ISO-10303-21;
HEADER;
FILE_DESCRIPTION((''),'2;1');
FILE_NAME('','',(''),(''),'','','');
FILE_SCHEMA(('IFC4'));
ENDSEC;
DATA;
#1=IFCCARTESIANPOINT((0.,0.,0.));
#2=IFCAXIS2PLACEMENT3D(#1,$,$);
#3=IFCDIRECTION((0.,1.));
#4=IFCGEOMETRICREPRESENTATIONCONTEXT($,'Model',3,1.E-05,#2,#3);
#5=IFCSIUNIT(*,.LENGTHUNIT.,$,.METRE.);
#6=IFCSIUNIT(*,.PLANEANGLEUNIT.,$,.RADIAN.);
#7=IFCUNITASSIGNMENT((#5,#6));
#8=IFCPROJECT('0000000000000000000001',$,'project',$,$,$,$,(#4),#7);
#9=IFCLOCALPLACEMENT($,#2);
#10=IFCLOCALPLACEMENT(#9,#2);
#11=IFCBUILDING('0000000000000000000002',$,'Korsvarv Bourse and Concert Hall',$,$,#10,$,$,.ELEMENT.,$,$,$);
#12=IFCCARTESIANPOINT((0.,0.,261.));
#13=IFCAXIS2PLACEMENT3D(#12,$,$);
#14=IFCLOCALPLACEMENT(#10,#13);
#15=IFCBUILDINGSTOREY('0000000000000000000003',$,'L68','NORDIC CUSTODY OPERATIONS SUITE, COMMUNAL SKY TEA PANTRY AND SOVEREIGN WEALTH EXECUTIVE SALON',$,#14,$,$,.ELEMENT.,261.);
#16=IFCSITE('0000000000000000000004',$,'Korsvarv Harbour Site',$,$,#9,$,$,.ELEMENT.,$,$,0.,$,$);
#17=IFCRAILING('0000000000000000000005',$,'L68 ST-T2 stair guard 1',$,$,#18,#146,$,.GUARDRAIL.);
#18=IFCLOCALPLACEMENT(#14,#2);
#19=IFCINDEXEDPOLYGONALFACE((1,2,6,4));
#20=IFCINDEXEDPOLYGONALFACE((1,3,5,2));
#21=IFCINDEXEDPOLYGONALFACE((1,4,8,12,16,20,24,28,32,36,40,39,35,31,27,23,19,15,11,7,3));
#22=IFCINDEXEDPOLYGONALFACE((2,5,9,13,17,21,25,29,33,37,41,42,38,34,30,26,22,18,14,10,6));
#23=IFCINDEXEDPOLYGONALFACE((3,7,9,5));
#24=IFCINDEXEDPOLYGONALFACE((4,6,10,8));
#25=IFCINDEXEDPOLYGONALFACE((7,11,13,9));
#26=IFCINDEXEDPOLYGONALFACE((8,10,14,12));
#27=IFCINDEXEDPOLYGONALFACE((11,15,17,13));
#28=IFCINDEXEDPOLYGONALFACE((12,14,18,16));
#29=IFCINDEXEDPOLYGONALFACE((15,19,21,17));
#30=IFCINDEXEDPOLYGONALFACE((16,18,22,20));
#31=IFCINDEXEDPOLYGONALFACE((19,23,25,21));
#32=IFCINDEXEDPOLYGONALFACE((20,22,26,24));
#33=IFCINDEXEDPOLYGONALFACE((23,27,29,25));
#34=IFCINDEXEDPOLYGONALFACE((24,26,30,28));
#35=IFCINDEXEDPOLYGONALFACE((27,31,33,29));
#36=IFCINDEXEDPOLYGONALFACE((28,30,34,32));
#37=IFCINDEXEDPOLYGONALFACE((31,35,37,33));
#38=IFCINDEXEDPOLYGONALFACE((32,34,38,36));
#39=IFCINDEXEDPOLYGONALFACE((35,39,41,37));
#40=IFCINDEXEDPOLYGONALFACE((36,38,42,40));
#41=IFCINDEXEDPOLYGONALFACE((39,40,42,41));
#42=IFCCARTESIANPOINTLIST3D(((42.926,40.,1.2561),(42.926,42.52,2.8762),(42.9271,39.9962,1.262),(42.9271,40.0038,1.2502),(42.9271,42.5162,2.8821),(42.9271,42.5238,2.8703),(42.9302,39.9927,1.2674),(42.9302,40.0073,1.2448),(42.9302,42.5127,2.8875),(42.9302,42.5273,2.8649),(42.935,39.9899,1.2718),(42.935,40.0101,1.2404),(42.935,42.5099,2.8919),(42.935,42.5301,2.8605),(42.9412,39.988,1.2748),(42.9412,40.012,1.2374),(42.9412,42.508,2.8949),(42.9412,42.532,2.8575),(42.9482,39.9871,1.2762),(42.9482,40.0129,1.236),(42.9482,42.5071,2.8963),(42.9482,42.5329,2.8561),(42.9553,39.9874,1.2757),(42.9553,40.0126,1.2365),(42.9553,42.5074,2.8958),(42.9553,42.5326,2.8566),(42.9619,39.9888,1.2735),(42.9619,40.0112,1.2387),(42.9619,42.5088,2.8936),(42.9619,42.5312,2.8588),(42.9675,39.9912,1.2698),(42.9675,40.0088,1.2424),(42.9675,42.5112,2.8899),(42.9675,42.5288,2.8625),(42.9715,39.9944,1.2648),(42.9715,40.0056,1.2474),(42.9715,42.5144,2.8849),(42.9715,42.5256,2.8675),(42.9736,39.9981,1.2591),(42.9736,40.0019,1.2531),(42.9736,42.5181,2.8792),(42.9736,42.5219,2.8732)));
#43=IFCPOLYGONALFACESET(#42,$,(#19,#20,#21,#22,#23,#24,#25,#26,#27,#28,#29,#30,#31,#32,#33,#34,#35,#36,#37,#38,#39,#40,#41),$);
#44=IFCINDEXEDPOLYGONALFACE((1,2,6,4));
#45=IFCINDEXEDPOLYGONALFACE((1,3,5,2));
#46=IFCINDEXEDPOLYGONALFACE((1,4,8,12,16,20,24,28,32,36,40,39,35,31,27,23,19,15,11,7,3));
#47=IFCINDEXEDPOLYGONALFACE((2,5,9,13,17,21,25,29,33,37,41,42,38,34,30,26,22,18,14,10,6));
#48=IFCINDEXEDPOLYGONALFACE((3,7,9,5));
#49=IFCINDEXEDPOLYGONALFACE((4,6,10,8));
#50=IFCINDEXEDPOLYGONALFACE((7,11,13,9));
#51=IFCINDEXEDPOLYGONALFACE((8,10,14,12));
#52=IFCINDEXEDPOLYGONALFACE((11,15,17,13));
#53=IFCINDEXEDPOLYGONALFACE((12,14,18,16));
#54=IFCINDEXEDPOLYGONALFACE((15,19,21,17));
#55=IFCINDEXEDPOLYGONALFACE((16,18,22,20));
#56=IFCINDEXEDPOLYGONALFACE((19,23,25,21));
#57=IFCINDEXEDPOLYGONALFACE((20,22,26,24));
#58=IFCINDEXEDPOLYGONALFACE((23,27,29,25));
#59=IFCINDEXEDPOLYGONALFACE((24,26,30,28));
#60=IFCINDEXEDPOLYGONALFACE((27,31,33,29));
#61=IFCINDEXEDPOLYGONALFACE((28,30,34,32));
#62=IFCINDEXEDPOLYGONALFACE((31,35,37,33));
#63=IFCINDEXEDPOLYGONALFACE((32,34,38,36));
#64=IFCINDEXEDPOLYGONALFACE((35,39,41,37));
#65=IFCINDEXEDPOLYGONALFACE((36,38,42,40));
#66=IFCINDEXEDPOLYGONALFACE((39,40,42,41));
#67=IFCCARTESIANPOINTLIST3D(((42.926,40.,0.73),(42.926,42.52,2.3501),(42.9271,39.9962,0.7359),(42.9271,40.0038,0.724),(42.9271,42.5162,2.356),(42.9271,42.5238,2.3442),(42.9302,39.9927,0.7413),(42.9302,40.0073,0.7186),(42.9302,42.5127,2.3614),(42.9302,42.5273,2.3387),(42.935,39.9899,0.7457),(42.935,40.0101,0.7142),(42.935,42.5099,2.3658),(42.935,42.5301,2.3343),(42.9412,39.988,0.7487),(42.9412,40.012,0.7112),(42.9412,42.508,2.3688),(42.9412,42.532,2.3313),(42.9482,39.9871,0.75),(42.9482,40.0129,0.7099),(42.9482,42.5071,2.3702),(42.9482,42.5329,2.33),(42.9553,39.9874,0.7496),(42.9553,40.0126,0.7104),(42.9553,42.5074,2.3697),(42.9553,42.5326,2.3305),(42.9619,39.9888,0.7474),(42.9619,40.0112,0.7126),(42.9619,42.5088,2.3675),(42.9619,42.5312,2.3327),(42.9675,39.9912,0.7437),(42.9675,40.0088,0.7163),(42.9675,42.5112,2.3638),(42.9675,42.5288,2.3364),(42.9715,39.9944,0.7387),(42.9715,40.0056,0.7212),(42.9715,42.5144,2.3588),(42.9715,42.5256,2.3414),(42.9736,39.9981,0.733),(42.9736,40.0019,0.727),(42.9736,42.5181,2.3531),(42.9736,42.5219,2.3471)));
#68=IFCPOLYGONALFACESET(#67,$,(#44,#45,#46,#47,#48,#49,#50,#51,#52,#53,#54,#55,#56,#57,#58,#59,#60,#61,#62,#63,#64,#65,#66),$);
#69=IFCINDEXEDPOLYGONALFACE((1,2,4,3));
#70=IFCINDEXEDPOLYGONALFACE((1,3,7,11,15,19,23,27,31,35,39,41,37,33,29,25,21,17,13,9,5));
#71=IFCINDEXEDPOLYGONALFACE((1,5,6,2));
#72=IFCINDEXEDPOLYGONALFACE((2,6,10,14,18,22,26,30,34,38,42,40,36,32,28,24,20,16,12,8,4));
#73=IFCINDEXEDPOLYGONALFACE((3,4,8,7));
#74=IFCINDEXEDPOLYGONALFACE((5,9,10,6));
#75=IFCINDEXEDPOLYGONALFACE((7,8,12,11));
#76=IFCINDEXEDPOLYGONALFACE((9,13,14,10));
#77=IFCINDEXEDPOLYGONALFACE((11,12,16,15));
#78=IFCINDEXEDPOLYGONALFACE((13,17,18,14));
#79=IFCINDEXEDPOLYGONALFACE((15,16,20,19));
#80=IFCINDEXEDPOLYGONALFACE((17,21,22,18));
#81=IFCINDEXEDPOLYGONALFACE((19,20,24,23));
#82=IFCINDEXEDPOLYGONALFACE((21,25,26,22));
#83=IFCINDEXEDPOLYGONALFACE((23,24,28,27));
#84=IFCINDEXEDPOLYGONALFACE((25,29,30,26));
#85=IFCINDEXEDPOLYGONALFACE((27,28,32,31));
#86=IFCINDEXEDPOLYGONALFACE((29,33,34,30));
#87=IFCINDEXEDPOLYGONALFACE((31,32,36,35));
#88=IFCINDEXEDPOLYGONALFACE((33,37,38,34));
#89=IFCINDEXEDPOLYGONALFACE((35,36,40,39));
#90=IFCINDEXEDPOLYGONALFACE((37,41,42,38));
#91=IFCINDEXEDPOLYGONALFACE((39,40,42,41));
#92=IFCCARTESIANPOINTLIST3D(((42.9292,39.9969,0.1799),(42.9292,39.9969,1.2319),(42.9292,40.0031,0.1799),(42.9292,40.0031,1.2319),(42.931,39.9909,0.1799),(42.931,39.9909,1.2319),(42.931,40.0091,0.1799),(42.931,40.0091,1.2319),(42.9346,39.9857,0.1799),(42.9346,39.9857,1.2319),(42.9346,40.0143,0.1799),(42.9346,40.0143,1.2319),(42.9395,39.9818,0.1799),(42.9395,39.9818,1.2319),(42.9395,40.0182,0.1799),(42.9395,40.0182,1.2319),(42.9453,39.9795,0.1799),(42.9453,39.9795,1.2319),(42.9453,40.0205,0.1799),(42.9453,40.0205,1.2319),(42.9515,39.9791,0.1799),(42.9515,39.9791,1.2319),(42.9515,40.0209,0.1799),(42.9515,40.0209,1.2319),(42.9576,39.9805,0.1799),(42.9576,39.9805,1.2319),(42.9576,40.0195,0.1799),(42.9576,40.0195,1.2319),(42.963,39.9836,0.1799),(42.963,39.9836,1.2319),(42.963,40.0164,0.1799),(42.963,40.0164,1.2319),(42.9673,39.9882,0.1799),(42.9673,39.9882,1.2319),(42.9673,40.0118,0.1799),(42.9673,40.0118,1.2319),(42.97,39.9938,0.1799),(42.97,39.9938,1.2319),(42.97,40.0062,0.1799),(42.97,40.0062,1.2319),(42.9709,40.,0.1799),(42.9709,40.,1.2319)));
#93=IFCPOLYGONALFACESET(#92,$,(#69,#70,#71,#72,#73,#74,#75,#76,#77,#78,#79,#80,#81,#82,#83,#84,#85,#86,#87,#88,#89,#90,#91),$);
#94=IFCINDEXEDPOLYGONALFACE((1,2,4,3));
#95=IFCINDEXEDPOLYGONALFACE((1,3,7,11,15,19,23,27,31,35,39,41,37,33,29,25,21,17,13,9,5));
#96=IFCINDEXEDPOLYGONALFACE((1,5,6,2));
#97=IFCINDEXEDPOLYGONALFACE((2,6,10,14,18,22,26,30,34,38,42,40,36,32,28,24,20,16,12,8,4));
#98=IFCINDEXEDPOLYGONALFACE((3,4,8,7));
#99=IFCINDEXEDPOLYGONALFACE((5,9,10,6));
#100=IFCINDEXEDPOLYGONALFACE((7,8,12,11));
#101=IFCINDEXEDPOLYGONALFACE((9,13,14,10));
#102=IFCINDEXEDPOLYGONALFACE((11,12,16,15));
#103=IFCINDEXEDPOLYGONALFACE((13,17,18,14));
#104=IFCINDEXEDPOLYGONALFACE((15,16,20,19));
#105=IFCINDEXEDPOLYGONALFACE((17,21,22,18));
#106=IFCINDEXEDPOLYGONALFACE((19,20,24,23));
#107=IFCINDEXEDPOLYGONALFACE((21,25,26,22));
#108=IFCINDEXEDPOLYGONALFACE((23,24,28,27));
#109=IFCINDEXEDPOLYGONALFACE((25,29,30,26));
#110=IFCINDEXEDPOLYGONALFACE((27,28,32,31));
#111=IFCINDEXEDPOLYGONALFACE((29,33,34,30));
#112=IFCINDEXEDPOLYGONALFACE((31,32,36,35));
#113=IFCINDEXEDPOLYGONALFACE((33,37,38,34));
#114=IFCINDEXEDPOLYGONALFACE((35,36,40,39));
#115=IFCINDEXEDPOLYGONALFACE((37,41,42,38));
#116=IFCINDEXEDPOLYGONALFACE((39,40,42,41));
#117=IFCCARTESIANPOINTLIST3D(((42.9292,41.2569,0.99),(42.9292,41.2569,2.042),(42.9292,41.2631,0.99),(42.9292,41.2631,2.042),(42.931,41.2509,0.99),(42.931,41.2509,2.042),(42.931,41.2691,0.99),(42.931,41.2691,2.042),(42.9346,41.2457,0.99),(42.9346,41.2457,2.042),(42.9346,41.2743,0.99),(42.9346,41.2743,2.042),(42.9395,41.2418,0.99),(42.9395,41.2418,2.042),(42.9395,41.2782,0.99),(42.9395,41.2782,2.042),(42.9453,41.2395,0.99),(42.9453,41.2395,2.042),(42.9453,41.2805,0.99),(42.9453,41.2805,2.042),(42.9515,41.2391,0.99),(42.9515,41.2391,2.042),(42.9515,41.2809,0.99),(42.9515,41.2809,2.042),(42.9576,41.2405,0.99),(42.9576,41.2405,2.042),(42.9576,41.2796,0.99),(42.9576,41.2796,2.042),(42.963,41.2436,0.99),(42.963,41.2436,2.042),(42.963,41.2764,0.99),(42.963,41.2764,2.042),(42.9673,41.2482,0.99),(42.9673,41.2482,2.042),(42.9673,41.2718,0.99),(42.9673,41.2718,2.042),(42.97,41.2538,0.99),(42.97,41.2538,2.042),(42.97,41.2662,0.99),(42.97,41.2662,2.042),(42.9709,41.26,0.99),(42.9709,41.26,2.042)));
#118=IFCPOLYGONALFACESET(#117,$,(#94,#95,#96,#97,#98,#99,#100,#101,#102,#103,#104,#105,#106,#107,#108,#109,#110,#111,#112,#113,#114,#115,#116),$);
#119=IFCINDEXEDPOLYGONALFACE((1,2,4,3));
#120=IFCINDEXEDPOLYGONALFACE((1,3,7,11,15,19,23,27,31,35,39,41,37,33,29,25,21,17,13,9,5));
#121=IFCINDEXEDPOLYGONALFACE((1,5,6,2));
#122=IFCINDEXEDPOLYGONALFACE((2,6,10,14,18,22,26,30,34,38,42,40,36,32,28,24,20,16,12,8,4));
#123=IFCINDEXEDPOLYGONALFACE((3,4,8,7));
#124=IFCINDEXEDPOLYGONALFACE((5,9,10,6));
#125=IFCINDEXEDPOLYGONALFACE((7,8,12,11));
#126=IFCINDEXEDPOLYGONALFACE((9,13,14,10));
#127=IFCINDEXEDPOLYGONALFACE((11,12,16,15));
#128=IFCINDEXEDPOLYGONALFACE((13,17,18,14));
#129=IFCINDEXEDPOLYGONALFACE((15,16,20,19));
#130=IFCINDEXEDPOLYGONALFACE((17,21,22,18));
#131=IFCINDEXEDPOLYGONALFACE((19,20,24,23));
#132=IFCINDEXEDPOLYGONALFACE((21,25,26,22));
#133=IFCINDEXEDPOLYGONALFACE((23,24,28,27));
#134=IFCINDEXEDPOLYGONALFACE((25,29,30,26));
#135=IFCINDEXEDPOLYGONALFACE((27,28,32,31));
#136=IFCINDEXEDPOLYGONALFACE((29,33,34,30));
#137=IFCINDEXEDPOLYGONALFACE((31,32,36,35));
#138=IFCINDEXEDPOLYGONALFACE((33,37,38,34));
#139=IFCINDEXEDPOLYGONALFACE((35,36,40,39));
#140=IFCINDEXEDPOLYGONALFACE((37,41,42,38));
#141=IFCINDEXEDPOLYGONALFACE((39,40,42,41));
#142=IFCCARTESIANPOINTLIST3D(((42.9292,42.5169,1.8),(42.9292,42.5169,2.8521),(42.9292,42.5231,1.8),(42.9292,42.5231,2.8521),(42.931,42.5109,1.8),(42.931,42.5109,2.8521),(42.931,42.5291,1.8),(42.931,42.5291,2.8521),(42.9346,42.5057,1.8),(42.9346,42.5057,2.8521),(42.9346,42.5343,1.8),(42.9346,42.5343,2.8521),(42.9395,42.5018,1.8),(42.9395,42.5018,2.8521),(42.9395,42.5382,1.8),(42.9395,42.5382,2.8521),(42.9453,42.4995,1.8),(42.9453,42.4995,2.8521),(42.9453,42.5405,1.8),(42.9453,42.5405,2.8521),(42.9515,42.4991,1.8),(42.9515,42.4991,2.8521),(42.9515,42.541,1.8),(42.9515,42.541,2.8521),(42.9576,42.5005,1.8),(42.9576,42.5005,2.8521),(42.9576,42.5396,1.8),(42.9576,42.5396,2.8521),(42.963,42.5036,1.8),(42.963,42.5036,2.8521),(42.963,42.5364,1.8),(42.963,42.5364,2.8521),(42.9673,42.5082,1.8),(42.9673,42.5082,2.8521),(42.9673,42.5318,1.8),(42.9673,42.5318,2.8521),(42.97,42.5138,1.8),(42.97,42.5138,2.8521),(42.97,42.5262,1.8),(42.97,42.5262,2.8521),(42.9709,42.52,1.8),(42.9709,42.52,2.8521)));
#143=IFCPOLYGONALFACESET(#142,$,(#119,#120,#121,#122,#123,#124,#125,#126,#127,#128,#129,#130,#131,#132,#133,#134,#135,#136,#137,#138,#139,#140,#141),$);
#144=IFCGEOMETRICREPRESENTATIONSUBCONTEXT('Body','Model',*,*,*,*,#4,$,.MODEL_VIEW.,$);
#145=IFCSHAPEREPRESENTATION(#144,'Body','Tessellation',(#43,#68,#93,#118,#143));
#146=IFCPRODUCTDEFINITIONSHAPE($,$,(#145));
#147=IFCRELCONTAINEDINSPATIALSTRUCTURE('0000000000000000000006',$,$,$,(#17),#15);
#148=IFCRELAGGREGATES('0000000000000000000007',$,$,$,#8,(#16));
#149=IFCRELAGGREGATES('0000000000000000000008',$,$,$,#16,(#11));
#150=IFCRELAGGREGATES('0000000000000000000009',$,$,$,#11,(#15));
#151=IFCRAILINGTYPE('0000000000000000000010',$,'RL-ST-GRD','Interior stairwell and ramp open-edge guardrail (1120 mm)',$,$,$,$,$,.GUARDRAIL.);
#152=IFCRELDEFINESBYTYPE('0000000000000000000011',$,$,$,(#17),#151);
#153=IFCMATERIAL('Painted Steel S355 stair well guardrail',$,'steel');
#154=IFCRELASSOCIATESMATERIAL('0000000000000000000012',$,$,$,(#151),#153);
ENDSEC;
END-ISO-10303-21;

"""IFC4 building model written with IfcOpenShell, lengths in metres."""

from ifc_helpers import new_model, si_unit, direction, frame, origin, origin_2d, place, context, subcontext, project, spatial, circle, extrude, material, type_object, element, save


model = new_model("IFC4")

# Units and contexts
model_context = context("Model", 3, precision=1e-05, world=origin(), true_north=direction((0.0, 1.0)))
body_context = subcontext(model_context, "Body", "Model", "MODEL_VIEW")
ifc_project = project(units=[si_unit("LENGTHUNIT", "METRE"), si_unit("PLANEANGLEUNIT", "RADIAN")], contexts=[model_context])

# Site, building, storey
site_placement = place(None, origin())
site = spatial("IfcSite", under=ifc_project, at=site_placement, Name="Korsvarv Harbour Site", CompositionType="ELEMENT", RefElevation=0.0)
building_placement = place(site_placement, origin())
building = spatial("IfcBuilding", under=site, at=building_placement, Name="Korsvarv Bourse and Concert Hall", CompositionType="ELEMENT")
storey_placement = place(building_placement, frame((0.0, 0.0, 261.0)))
storey = spatial("IfcBuildingStorey", under=building, at=storey_placement, Name="L68", Description="NORDIC CUSTODY OPERATIONS SUITE, COMMUNAL SKY TEA PANTRY AND SOVEREIGN WEALTH EXECUTIVE SALON", CompositionType="ELEMENT", Elevation=261.0)

# Railing
ifc_material_1 = material(Name="Painted Steel S355 stair well guardrail", Category="steel")
railing_type_1 = type_object("IfcRailingType", Name="RL-ST-GRD", Description="Interior stairwell and ramp open-edge guardrail (1120 mm)", PredefinedType="GUARDRAIL", material=ifc_material_1)
railing_1_placement = place(storey_placement, frame((42.95, 40.0, 0.1799)))
element("IfcRailing", 1, at=railing_1_placement, inside=storey, type_object=railing_type_1, Name="L68 ST-T2 stair guard 1", PredefinedType="GUARDRAIL", context=body_context, shape_type="SweptSolid", body=[
    extrude(circle(Radius=0.0239, at=origin_2d()), frame((0.0, 0.0, 1.0762), z_axis=(0.0, 0.841163, 0.540782), x_axis=(-1.0, 0.0, 0.0)), (0.0, 0.0, 1.0), 2.9958),
    extrude(circle(Radius=0.0239, at=origin_2d()), frame((0.0, 0.0, 0.55), z_axis=(0.0, 0.841163, 0.540782), x_axis=(-1.0, 0.0, 0.0)), (0.0, 0.0, 1.0), 2.9958),
    extrude(circle(Radius=0.021, at=origin_2d()), origin(), (0.0, 0.0, 1.0), 1.052),
    extrude(circle(Radius=0.021, at=origin_2d()), frame((0.0, 1.26, 0.8101)), (0.0, 0.0, 1.0), 1.052),
    extrude(circle(Radius=0.021, at=origin_2d()), frame((0.0, 2.52, 1.6201)), (0.0, 0.0, 1.0), 1.052),
])

save(model, "model.ifc")
